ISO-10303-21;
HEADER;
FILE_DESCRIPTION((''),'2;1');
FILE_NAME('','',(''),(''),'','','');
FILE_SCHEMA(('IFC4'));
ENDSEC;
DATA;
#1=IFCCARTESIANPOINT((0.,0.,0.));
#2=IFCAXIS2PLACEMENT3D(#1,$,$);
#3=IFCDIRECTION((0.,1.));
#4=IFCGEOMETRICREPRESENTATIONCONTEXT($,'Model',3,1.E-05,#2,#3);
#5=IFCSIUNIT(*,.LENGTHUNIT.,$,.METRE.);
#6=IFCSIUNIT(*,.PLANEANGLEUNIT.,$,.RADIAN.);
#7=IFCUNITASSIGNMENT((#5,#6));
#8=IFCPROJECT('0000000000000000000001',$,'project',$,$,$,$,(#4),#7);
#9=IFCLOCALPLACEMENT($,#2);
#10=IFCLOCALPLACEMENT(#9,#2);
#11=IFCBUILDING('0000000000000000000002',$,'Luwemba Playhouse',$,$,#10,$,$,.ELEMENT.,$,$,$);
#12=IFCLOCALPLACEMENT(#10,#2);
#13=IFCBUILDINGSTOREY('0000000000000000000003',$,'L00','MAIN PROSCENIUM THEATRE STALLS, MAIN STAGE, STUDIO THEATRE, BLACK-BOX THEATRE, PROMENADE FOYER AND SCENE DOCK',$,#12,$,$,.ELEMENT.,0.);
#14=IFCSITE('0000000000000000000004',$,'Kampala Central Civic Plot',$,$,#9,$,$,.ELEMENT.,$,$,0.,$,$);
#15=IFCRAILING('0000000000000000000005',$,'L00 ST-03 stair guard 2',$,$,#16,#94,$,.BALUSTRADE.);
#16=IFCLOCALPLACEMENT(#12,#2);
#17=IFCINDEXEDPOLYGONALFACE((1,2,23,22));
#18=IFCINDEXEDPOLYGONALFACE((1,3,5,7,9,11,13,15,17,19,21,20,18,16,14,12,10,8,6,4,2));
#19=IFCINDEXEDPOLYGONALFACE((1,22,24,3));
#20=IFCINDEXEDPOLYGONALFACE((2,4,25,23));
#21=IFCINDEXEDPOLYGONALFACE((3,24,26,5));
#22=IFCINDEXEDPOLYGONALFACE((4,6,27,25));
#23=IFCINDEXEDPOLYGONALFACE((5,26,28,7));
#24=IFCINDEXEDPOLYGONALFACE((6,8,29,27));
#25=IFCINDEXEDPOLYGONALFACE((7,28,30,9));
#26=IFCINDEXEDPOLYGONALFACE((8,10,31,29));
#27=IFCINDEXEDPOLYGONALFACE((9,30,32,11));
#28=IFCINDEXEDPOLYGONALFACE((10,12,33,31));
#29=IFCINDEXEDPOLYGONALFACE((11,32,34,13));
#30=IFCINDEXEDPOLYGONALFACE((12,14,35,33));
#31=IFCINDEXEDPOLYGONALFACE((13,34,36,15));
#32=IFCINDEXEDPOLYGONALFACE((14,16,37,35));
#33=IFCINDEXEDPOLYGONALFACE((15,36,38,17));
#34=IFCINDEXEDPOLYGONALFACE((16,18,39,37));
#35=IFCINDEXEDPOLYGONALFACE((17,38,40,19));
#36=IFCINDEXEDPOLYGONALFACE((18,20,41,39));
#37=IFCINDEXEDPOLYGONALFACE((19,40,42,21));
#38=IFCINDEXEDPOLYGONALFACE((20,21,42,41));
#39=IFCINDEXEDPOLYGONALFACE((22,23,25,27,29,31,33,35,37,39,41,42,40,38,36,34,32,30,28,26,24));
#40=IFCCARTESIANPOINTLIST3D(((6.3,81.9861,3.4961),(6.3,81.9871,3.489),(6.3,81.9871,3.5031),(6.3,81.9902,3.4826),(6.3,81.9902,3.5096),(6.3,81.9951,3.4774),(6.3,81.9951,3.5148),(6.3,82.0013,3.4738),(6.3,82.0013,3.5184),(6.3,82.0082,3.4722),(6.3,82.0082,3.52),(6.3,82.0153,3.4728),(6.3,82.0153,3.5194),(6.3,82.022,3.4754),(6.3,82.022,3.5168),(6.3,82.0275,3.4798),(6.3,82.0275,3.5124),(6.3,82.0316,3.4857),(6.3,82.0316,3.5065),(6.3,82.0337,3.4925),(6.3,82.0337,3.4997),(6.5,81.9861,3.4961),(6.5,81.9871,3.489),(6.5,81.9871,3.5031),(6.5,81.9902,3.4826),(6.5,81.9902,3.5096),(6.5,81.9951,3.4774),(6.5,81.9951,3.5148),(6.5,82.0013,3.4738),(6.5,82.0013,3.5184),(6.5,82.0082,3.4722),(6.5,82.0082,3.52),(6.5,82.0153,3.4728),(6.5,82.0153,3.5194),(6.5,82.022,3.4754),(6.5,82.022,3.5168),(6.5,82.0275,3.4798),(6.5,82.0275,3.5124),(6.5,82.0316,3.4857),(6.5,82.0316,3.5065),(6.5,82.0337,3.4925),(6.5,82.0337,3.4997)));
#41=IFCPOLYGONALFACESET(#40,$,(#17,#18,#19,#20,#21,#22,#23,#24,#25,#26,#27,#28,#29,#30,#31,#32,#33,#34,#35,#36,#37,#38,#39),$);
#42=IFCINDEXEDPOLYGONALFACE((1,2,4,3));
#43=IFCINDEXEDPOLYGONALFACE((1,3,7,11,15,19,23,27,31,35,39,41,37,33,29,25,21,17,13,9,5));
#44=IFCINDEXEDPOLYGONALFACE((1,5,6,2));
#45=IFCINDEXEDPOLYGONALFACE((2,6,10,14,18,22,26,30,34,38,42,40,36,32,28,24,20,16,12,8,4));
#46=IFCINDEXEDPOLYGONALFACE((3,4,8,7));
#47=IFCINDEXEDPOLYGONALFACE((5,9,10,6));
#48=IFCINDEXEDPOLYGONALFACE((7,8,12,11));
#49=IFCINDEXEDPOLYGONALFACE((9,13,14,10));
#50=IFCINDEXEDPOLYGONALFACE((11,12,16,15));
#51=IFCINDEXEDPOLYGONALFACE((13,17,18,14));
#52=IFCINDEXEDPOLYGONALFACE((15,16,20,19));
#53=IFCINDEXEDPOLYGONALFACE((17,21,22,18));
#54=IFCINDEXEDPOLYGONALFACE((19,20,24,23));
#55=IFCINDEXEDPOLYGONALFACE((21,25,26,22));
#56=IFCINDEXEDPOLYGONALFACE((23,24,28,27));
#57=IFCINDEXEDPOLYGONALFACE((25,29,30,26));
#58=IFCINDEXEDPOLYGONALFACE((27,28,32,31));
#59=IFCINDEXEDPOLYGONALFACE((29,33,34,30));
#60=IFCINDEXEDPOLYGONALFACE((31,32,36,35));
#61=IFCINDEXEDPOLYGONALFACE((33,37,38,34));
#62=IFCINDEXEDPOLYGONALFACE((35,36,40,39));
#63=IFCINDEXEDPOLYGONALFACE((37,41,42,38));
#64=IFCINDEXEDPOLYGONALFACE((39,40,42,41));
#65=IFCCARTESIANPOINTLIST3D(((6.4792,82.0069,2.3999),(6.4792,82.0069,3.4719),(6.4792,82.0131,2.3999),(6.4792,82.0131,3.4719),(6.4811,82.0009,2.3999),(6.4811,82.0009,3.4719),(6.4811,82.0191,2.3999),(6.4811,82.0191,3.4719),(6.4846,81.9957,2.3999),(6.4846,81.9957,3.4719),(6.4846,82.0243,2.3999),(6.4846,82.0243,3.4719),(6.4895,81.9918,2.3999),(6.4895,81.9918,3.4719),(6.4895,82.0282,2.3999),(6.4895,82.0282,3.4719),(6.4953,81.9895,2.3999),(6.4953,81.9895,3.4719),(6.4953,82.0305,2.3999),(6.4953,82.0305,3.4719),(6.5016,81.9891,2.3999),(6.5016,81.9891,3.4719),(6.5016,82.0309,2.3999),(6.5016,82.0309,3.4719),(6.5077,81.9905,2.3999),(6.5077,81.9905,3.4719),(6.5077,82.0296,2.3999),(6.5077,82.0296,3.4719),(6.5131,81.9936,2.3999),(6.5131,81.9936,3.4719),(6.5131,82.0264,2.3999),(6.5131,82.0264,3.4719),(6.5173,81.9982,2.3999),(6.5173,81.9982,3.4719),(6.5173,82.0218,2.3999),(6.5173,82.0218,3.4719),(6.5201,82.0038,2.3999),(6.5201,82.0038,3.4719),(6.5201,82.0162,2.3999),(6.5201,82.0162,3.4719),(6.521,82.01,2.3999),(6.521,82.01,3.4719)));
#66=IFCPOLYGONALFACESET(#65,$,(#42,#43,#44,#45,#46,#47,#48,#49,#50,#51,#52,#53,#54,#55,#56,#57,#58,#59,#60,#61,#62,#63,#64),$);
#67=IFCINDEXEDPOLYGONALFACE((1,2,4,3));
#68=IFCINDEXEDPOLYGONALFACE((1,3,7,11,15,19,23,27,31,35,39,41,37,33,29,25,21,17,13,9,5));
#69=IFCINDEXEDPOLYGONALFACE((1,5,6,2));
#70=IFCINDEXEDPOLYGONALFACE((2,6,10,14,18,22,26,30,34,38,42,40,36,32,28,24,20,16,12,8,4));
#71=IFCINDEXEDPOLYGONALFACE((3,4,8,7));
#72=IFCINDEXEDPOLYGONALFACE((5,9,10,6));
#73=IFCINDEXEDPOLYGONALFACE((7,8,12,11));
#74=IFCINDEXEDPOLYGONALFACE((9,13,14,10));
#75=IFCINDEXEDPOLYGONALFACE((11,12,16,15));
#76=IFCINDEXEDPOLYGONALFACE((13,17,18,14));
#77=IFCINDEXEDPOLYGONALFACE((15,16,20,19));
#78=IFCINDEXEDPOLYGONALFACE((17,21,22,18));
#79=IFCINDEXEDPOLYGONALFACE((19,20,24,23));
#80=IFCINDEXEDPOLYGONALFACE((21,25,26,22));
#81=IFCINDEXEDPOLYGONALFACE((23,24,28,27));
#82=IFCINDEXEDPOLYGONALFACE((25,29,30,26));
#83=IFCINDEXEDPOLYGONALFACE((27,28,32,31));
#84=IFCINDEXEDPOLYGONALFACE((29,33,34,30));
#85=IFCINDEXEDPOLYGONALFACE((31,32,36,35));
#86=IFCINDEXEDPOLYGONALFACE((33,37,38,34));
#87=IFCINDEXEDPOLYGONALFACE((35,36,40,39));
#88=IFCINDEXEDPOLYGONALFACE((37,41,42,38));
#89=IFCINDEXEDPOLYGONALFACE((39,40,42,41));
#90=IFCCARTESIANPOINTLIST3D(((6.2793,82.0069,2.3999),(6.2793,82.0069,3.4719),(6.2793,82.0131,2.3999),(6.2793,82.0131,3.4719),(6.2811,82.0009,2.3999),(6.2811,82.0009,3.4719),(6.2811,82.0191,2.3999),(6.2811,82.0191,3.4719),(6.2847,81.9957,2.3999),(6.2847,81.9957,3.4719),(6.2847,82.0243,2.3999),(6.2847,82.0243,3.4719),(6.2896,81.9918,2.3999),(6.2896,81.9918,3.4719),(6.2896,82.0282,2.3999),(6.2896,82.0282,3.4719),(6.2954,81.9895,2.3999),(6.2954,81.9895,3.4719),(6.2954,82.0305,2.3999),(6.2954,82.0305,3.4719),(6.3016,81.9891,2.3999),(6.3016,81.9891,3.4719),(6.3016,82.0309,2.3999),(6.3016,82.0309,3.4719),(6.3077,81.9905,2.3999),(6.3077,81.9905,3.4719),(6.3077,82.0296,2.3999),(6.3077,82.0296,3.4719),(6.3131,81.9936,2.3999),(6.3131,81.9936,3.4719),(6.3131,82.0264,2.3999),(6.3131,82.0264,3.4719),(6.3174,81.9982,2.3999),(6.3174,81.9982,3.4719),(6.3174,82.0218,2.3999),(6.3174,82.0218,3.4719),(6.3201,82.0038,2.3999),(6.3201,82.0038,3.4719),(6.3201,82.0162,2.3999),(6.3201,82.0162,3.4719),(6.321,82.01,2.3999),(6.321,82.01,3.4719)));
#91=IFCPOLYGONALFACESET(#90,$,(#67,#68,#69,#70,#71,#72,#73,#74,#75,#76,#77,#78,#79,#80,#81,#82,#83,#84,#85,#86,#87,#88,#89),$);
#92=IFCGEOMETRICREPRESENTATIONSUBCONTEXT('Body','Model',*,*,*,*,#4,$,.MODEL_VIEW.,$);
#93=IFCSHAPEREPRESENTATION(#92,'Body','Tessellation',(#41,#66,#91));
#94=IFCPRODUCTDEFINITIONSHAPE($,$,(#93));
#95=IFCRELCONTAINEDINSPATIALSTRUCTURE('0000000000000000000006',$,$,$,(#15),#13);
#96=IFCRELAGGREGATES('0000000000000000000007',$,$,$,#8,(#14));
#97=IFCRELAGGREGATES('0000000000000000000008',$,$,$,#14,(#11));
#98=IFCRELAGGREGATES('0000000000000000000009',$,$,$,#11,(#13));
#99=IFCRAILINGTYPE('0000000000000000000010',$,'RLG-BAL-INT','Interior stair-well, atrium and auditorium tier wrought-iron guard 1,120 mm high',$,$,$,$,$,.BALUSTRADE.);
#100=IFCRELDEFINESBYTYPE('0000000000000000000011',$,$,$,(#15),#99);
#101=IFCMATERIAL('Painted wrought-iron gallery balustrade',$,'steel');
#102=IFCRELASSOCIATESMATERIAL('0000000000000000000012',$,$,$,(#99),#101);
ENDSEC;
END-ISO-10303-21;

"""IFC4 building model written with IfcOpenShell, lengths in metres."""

from ifc_helpers import new_model, si_unit, direction, frame, origin, origin_2d, place, context, subcontext, project, spatial, circle, extrude, material, type_object, element, save


model = new_model("IFC4")

# Units and contexts
model_context = context("Model", 3, precision=1e-05, world=origin(), true_north=direction((0.0, 1.0)))
body_context = subcontext(model_context, "Body", "Model", "MODEL_VIEW")
ifc_project = project(units=[si_unit("LENGTHUNIT", "METRE"), si_unit("PLANEANGLEUNIT", "RADIAN")], contexts=[model_context])

# Site, building, storey
site_placement = place(None, origin())
site = spatial("IfcSite", under=ifc_project, at=site_placement, Name="Kampala Central Civic Plot", CompositionType="ELEMENT", RefElevation=0.0)
building_placement = place(site_placement, origin())
building = spatial("IfcBuilding", under=site, at=building_placement, Name="Luwemba Playhouse", CompositionType="ELEMENT")
storey_placement = place(building_placement, origin())
storey = spatial("IfcBuildingStorey", under=building, at=storey_placement, Name="L00", Description="MAIN PROSCENIUM THEATRE STALLS, MAIN STAGE, STUDIO THEATRE, BLACK-BOX THEATRE, PROMENADE FOYER AND SCENE DOCK", CompositionType="ELEMENT", Elevation=0.0)

# Railing
ifc_material_1 = material(Name="Painted wrought-iron gallery balustrade", Category="steel")
railing_type_1 = type_object("IfcRailingType", Name="RLG-BAL-INT", Description="Interior stair-well, atrium and auditorium tier wrought-iron guard 1,120 mm high", PredefinedType="BALUSTRADE", material=ifc_material_1)
railing_1_placement = place(storey_placement, frame((6.5, 82.01, 2.3999)))
element("IfcRailing", 1, at=railing_1_placement, inside=storey, type_object=railing_type_1, Name="L00 ST-03 stair guard 2", PredefinedType="BALUSTRADE", context=body_context, shape_type="SweptSolid", body=[
    extrude(circle(Radius=0.0239, at=origin_2d()), frame((0.0, 0.0, 1.0962), z_axis=(-1.0, 0.0, 0.0), x_axis=(0.0, -1.0, 0.0)), (0.0, 0.0, 1.0), 0.2),
    extrude(circle(Radius=0.021, at=origin_2d()), origin(), (0.0, 0.0, 1.0), 1.072),
    extrude(circle(Radius=0.021, at=origin_2d()), frame((-0.2, 0.0, 0.0)), (0.0, 0.0, 1.0), 1.072),
])

save(model, "model.ifc")
